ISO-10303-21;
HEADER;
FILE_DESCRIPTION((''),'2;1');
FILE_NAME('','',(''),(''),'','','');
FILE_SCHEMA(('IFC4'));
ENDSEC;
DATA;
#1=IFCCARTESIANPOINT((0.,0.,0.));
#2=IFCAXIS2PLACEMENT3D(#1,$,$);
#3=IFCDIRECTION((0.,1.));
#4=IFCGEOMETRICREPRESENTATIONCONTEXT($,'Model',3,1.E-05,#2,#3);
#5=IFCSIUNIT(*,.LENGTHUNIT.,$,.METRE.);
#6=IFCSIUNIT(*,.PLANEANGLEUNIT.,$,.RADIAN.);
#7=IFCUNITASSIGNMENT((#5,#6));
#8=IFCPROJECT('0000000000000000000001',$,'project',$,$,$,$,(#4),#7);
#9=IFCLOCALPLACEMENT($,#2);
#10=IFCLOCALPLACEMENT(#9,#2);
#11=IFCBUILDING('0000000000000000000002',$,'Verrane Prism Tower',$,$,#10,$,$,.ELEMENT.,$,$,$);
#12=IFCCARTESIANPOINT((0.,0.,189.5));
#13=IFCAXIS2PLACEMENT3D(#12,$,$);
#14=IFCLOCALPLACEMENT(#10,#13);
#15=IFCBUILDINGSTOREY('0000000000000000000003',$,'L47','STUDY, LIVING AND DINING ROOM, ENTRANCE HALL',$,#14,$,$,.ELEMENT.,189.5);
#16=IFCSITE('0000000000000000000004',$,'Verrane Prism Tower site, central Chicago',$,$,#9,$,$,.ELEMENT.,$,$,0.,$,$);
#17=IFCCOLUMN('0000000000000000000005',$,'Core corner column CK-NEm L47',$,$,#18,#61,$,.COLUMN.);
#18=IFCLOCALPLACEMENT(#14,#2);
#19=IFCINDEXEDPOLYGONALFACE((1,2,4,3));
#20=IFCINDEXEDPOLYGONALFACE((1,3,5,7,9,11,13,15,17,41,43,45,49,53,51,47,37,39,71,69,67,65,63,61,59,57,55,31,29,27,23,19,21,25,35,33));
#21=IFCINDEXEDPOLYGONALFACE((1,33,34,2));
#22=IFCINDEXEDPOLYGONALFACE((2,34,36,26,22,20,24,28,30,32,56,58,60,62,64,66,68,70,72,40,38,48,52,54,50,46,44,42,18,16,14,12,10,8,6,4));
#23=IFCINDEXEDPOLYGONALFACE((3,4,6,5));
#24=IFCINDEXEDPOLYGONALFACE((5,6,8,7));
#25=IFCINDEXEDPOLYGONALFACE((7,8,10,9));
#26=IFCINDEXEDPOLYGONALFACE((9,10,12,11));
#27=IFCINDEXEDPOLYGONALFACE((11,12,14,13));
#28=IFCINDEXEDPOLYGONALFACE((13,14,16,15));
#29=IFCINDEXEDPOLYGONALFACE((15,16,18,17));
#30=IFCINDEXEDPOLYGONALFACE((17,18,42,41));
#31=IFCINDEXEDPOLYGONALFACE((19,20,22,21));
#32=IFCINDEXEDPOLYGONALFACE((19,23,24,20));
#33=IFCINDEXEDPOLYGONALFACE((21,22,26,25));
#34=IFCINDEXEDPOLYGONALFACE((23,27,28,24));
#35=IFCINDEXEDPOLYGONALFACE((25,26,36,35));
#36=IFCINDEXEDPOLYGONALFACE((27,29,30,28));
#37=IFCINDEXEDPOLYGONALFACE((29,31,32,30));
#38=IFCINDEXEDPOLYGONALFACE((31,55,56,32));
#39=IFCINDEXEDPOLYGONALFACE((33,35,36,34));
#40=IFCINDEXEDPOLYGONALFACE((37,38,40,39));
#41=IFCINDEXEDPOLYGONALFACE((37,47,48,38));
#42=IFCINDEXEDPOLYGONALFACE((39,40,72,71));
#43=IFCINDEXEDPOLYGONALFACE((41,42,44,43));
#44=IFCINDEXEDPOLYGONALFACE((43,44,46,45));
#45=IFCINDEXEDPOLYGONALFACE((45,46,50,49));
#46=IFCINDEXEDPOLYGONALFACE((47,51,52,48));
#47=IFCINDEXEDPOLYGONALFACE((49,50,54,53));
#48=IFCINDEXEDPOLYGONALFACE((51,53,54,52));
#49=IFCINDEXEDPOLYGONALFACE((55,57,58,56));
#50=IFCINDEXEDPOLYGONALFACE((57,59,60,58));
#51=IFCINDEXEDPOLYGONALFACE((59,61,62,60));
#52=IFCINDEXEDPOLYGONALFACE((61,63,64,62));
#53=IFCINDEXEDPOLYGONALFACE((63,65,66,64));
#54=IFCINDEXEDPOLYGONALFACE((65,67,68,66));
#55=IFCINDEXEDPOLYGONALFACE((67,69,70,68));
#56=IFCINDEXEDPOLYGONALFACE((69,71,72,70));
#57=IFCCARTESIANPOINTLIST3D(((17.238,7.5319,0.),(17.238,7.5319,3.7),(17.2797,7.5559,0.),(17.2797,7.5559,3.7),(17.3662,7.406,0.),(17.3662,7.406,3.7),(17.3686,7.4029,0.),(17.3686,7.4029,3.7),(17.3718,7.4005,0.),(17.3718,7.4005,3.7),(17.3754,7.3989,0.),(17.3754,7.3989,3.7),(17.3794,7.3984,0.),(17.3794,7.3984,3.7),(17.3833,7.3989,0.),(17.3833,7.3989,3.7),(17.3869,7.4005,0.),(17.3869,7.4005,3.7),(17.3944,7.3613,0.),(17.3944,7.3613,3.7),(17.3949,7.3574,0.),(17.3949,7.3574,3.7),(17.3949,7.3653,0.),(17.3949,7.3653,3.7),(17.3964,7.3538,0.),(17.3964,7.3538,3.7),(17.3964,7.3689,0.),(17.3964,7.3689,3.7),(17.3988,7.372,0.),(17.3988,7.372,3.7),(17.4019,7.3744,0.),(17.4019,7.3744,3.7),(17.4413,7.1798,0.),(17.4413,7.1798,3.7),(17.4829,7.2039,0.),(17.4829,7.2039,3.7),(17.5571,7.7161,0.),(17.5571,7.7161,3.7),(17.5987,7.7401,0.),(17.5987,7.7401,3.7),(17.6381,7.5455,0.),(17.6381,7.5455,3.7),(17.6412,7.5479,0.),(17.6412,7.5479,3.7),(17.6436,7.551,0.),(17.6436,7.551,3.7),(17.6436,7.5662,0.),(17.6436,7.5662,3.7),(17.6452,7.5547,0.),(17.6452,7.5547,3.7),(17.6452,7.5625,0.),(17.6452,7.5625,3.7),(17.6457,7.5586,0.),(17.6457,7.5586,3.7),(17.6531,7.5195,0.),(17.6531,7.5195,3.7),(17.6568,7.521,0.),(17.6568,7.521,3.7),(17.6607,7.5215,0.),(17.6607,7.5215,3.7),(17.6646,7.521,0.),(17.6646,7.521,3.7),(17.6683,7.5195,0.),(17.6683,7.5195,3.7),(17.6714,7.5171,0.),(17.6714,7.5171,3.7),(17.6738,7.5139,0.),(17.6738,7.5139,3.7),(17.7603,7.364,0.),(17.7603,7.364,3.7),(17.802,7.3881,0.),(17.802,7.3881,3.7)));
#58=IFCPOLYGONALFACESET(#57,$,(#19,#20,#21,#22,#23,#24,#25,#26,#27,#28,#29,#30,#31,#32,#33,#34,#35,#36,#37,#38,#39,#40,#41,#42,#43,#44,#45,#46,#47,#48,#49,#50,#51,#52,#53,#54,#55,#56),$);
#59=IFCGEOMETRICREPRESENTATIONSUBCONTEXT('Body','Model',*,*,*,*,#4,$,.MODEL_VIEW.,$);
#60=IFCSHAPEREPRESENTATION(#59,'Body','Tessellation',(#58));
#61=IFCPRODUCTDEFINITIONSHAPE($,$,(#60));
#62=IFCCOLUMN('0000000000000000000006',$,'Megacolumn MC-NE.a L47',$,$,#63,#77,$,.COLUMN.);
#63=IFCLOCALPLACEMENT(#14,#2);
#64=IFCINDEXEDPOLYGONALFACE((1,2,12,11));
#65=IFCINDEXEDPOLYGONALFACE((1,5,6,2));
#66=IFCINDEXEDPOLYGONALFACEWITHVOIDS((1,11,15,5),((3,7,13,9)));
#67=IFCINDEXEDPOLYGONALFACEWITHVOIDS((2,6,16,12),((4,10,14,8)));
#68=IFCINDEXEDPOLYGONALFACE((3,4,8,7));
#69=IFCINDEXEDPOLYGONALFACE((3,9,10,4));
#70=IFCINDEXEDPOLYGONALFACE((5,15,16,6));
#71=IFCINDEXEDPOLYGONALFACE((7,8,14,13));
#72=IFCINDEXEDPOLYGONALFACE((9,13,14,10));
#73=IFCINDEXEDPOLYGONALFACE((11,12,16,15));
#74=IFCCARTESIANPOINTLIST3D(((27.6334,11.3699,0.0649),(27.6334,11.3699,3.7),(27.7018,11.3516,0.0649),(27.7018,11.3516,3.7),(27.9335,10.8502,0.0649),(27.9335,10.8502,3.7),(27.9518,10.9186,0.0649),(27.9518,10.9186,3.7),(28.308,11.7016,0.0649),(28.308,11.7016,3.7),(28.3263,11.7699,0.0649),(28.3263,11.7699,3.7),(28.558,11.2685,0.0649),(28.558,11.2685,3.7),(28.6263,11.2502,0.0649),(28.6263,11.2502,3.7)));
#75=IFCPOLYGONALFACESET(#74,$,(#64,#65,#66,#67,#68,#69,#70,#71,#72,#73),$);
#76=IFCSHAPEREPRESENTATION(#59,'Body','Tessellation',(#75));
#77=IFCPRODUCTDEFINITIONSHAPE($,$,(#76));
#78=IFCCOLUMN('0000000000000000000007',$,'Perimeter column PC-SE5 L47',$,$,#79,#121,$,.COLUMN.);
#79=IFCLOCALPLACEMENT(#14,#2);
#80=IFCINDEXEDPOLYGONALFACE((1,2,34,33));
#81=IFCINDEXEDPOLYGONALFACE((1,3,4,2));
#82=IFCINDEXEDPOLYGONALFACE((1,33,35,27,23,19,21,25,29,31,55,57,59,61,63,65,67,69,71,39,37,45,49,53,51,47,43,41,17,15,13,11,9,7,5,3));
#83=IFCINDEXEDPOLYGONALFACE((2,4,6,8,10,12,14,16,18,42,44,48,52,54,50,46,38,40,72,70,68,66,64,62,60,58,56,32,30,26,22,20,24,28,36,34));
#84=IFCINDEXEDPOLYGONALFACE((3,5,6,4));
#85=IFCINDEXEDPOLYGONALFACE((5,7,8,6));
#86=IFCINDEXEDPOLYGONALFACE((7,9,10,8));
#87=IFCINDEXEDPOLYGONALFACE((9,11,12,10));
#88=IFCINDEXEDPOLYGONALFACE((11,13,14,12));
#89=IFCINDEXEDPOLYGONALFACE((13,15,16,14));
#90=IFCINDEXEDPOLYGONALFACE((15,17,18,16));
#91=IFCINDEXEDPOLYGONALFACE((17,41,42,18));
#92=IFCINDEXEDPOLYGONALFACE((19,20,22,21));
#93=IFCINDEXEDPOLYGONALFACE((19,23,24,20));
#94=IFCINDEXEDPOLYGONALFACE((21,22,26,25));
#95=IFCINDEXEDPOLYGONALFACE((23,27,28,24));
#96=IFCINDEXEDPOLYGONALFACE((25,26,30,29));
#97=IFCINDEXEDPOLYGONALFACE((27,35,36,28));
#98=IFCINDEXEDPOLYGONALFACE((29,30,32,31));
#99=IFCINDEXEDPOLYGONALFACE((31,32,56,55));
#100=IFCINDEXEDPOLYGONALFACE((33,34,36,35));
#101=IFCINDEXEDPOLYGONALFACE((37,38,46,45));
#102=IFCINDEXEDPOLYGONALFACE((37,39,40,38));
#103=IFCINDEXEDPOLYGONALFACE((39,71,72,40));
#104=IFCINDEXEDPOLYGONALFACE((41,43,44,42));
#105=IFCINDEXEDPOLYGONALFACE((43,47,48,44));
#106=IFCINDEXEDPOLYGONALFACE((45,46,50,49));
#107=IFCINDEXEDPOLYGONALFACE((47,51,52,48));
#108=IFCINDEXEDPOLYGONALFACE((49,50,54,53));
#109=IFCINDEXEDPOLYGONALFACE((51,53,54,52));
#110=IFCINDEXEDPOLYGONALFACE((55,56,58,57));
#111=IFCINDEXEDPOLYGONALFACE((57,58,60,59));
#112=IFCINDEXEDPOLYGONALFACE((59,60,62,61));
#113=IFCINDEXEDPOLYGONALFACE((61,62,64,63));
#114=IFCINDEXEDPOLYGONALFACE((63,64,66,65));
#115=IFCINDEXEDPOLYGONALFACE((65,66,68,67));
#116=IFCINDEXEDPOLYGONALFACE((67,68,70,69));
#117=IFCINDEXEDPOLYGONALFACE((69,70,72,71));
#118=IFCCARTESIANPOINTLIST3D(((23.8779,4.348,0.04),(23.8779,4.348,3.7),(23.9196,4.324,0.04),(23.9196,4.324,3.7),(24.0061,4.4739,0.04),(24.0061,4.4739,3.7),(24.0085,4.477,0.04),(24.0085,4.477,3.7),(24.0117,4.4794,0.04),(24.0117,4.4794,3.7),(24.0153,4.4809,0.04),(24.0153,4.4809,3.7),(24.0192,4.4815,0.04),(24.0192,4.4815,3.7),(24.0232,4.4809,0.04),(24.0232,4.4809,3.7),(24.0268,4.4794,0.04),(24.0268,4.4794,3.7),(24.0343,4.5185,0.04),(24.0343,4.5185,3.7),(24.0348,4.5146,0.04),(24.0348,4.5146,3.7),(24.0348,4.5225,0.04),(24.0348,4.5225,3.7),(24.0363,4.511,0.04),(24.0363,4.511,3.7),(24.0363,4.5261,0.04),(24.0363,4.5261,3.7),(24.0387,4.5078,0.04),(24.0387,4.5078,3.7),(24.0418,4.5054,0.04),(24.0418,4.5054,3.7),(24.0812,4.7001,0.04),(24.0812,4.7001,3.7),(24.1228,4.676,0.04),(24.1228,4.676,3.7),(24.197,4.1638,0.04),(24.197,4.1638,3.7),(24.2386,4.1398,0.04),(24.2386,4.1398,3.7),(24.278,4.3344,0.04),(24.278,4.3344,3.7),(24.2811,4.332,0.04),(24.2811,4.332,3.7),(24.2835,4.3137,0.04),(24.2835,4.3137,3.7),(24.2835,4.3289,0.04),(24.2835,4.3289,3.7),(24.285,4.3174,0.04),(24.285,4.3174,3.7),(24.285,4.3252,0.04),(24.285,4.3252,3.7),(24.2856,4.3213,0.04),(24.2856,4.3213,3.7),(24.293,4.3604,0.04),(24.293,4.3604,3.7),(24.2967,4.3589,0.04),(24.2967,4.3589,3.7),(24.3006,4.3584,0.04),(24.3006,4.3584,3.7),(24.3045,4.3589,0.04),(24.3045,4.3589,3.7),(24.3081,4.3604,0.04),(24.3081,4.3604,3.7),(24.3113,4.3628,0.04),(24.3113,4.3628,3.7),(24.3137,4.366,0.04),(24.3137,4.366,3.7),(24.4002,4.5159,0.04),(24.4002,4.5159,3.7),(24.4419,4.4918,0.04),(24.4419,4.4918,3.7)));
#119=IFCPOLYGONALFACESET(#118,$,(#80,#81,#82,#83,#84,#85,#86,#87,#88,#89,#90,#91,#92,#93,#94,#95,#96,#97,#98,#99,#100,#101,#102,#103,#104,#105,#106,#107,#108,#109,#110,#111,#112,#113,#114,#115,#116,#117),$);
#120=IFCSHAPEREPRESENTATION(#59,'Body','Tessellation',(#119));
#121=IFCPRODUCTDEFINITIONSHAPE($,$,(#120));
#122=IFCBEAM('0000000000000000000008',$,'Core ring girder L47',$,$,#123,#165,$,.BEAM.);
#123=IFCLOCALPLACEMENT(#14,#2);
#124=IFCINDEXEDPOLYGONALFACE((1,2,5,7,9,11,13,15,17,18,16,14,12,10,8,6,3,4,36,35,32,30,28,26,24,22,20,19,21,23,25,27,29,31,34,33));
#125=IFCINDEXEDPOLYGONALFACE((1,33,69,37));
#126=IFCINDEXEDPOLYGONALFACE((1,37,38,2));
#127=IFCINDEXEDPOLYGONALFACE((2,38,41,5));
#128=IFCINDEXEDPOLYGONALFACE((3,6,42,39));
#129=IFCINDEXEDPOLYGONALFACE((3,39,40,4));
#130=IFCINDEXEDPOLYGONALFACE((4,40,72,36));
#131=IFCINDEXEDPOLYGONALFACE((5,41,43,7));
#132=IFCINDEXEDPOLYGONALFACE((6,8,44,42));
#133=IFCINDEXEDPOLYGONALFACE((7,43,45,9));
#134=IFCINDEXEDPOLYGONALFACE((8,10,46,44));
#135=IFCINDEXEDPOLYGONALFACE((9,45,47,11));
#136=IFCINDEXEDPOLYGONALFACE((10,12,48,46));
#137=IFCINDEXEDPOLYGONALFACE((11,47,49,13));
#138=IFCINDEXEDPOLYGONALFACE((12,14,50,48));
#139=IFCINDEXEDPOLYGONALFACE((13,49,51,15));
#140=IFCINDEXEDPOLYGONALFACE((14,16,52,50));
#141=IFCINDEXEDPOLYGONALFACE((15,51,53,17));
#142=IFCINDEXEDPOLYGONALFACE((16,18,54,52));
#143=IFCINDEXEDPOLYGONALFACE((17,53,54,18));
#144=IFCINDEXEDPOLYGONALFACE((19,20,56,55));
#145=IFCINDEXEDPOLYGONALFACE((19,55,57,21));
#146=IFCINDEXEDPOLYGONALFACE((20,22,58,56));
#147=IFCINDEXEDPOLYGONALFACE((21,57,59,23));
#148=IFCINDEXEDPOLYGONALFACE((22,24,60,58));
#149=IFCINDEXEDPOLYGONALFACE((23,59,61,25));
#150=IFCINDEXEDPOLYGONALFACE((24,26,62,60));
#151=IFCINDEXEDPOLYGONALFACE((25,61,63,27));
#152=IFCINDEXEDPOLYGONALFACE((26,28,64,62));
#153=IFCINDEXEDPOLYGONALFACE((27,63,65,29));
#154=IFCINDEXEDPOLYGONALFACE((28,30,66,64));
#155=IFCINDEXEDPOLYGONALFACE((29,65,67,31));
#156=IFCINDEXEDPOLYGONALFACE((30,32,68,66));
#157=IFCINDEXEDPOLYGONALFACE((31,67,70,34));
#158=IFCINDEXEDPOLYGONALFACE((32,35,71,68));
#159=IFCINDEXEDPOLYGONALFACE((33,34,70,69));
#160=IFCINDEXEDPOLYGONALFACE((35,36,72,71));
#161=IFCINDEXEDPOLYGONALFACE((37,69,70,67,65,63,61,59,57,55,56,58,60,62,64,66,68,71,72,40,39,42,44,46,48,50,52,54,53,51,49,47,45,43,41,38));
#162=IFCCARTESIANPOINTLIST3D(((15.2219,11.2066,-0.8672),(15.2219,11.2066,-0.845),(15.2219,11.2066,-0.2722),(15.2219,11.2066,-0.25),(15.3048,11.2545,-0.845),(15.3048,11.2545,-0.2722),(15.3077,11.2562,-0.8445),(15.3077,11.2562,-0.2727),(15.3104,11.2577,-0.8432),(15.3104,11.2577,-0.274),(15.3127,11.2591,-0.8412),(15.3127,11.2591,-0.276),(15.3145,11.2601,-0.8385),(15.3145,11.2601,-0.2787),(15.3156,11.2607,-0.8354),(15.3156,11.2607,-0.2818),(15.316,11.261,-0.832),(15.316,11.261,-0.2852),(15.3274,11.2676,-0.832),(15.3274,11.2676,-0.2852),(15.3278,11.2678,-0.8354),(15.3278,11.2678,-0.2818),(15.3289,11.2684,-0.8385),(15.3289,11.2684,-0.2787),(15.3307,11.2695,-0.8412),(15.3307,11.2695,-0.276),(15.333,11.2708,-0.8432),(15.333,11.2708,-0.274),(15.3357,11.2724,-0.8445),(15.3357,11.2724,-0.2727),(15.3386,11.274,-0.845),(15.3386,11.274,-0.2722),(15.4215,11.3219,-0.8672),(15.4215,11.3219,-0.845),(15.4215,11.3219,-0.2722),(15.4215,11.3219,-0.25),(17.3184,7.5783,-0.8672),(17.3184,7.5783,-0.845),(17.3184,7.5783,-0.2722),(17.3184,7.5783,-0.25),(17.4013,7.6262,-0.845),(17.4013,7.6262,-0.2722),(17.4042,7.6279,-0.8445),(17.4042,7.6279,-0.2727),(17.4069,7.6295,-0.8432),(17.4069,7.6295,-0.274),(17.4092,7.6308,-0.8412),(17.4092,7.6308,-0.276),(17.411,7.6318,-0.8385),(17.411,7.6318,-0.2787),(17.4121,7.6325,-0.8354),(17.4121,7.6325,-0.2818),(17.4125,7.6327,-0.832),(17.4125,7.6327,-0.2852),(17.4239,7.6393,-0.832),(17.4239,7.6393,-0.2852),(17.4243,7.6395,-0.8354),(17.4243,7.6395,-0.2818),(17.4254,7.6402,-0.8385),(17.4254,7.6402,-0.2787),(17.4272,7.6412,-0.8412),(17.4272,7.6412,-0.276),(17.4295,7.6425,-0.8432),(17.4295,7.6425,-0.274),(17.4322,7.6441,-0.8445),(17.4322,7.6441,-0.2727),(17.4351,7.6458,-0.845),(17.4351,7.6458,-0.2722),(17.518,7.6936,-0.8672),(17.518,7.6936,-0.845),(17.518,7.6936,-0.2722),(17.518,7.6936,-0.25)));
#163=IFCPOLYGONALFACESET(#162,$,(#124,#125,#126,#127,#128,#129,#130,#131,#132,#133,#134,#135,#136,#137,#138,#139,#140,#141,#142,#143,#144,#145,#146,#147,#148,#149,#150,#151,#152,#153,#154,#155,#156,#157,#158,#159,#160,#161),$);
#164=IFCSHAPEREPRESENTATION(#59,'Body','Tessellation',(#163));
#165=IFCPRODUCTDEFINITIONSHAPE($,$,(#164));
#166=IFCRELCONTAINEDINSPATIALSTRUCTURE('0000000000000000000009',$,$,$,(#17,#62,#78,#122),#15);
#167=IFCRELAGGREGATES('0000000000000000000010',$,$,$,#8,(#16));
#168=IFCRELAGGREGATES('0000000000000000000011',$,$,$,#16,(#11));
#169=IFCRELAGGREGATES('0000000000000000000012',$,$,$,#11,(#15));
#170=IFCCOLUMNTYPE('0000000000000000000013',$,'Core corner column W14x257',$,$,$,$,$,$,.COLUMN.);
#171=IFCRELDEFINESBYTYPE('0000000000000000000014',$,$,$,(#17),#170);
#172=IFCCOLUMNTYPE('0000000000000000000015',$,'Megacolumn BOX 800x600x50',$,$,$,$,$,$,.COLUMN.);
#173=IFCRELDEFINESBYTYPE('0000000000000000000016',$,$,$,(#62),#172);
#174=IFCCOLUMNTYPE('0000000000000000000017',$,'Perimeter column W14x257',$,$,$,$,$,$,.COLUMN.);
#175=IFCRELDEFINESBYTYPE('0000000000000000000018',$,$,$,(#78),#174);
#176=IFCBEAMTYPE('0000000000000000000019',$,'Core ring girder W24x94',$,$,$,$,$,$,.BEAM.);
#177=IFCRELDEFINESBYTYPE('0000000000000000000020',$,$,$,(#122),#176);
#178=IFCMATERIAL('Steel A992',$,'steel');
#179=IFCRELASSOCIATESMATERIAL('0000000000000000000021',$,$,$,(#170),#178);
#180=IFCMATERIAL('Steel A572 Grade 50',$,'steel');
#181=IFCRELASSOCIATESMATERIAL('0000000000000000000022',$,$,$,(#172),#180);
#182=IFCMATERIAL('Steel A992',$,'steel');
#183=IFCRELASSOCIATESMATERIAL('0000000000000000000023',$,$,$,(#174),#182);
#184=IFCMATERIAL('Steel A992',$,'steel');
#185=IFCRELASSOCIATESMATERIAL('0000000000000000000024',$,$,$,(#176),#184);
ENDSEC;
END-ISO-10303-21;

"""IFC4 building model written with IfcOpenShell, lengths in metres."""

from ifc_helpers import new_model, si_unit, direction, frame, origin, origin_2d, place, context, subcontext, project, spatial, hollow_rectangle, i_section, extrude, material, material_profile, profile_set, type_object, element, save


model = new_model("IFC4")

# Units and contexts
model_context = context("Model", 3, precision=1e-05, world=origin(), true_north=direction((0.0, 1.0)))
body_context = subcontext(model_context, "Body", "Model", "MODEL_VIEW")
ifc_project = project(units=[si_unit("LENGTHUNIT", "METRE"), si_unit("PLANEANGLEUNIT", "RADIAN")], contexts=[model_context])

# Site, building, storey
site_placement = place(None, origin())
site = spatial("IfcSite", under=ifc_project, at=site_placement, Name="Verrane Prism Tower site, central Chicago", CompositionType="ELEMENT", RefElevation=0.0)
building_placement = place(site_placement, origin())
building = spatial("IfcBuilding", under=site, at=building_placement, Name="Verrane Prism Tower", CompositionType="ELEMENT")
storey_placement = place(building_placement, frame((0.0, 0.0, 189.5)))
storey = spatial("IfcBuildingStorey", under=building, at=storey_placement, Name="L47", Description="STUDY, LIVING AND DINING ROOM, ENTRANCE HALL", CompositionType="ELEMENT", Elevation=189.5)

# Columns
ifc_material_1 = material(Name="Steel A992", Category="steel")
ifc_material_profile_1 = material_profile(ifc_material_1, i_section(OverallWidth=0.4065, OverallDepth=0.4165, WebThickness=0.03, FlangeThickness=0.0481, FilletRadius=0.0151, at=origin_2d()), Name="W14x257")
ifc_profile_set_1 = profile_set([ifc_material_profile_1], Name="Steel A992")
column_type_1 = type_object("IfcColumnType", Name="Core corner column W14x257", PredefinedType="COLUMN", material=ifc_profile_set_1)
column_1_placement = place(storey_placement, frame((17.52, 7.46, 0.0), z_axis=(0.0, 0.0, 1.0), x_axis=(0.5, -0.866025, 0.0)))
element("IfcColumn", 1, at=column_1_placement, inside=storey, type_object=column_type_1, Name="Core corner column CK-NEm L47", PredefinedType="COLUMN", context=body_context, shape_type="SweptSolid", body=[
    extrude(i_section(OverallWidth=0.4065, OverallDepth=0.4165, WebThickness=0.03, FlangeThickness=0.0481, FilletRadius=0.0151, at=origin_2d()), origin(), (0.0, 0.0, 1.0), 3.7),
])
ifc_material_2 = material(Name="Steel A572 Grade 50", Category="steel")
ifc_material_profile_2 = material_profile(ifc_material_2, hollow_rectangle(XDim=0.6001, YDim=0.8, WallThickness=0.05, at=origin_2d()), Name="BOX 800x600x50")
ifc_profile_set_2 = profile_set([ifc_material_profile_2], Name="Steel A572 Grade 50")
column_type_2 = type_object("IfcColumnType", Name="Megacolumn BOX 800x600x50", PredefinedType="COLUMN", material=ifc_profile_set_2)
column_2_placement = place(storey_placement, frame((28.1299, 11.3101, 0.0649), z_axis=(0.0, 0.0, 1.0), x_axis=(0.5, -0.866025, 0.0)))
element("IfcColumn", 2, at=column_2_placement, inside=storey, type_object=column_type_2, Name="Megacolumn MC-NE.a L47", PredefinedType="COLUMN", context=body_context, shape_type="SweptSolid", body=[
    extrude(hollow_rectangle(XDim=0.6001, YDim=0.8, WallThickness=0.05, at=origin_2d()), origin(), (0.0, 0.0, 1.0), 3.635),
])
ifc_material_3 = material(Name="Steel A992", Category="steel")
ifc_material_profile_3 = material_profile(ifc_material_3, i_section(OverallWidth=0.4065, OverallDepth=0.4165, WebThickness=0.03, FlangeThickness=0.0481, FilletRadius=0.0151, at=origin_2d()), Name="W14x257")
ifc_profile_set_3 = profile_set([ifc_material_profile_3], Name="Steel A992")
column_type_3 = type_object("IfcColumnType", Name="Perimeter column W14x257", PredefinedType="COLUMN", material=ifc_profile_set_3)
column_3_placement = place(storey_placement, frame((24.1599, 4.4199, 0.04), z_axis=(0.0, 0.0, 1.0), x_axis=(-0.5, -0.866025, 0.0)))
element("IfcColumn", 3, at=column_3_placement, inside=storey, type_object=column_type_3, Name="Perimeter column PC-SE5 L47", PredefinedType="COLUMN", context=body_context, shape_type="SweptSolid", body=[
    extrude(i_section(OverallWidth=0.4065, OverallDepth=0.4165, WebThickness=0.03, FlangeThickness=0.0481, FilletRadius=0.0151, at=origin_2d()), origin(), (0.0, 0.0, 1.0), 3.6599),
])

# Beam
ifc_material_4 = material(Name="Steel A992", Category="steel")
ifc_material_profile_4 = material_profile(ifc_material_4, i_section(OverallWidth=0.2305, OverallDepth=0.6172, WebThickness=0.0132, FlangeThickness=0.0222, FilletRadius=0.0129, at=origin_2d()), Name="W24x94")
ifc_profile_set_4 = profile_set([ifc_material_profile_4], Name="Steel A992")
beam_type_1 = type_object("IfcBeamType", Name="Core ring girder W24x94", PredefinedType="BEAM", material=ifc_profile_set_4)
beam_1_placement = place(storey_placement, frame((17.4182, 7.636, -0.5586), z_axis=(-0.500306, 0.865849, 0.0), x_axis=(-0.865849, -0.500306, 0.0)))
element("IfcBeam", 4, at=beam_1_placement, inside=storey, type_object=beam_type_1, Name="Core ring girder L47", PredefinedType="BEAM", context=body_context, shape_type="SweptSolid", body=[
    extrude(i_section(OverallWidth=0.2305, OverallDepth=0.6172, WebThickness=0.0132, FlangeThickness=0.0222, FilletRadius=0.0129, at=origin_2d()), origin(), (0.0, 0.0, 1.0), 4.1904),
])

save(model, "model.ifc")
